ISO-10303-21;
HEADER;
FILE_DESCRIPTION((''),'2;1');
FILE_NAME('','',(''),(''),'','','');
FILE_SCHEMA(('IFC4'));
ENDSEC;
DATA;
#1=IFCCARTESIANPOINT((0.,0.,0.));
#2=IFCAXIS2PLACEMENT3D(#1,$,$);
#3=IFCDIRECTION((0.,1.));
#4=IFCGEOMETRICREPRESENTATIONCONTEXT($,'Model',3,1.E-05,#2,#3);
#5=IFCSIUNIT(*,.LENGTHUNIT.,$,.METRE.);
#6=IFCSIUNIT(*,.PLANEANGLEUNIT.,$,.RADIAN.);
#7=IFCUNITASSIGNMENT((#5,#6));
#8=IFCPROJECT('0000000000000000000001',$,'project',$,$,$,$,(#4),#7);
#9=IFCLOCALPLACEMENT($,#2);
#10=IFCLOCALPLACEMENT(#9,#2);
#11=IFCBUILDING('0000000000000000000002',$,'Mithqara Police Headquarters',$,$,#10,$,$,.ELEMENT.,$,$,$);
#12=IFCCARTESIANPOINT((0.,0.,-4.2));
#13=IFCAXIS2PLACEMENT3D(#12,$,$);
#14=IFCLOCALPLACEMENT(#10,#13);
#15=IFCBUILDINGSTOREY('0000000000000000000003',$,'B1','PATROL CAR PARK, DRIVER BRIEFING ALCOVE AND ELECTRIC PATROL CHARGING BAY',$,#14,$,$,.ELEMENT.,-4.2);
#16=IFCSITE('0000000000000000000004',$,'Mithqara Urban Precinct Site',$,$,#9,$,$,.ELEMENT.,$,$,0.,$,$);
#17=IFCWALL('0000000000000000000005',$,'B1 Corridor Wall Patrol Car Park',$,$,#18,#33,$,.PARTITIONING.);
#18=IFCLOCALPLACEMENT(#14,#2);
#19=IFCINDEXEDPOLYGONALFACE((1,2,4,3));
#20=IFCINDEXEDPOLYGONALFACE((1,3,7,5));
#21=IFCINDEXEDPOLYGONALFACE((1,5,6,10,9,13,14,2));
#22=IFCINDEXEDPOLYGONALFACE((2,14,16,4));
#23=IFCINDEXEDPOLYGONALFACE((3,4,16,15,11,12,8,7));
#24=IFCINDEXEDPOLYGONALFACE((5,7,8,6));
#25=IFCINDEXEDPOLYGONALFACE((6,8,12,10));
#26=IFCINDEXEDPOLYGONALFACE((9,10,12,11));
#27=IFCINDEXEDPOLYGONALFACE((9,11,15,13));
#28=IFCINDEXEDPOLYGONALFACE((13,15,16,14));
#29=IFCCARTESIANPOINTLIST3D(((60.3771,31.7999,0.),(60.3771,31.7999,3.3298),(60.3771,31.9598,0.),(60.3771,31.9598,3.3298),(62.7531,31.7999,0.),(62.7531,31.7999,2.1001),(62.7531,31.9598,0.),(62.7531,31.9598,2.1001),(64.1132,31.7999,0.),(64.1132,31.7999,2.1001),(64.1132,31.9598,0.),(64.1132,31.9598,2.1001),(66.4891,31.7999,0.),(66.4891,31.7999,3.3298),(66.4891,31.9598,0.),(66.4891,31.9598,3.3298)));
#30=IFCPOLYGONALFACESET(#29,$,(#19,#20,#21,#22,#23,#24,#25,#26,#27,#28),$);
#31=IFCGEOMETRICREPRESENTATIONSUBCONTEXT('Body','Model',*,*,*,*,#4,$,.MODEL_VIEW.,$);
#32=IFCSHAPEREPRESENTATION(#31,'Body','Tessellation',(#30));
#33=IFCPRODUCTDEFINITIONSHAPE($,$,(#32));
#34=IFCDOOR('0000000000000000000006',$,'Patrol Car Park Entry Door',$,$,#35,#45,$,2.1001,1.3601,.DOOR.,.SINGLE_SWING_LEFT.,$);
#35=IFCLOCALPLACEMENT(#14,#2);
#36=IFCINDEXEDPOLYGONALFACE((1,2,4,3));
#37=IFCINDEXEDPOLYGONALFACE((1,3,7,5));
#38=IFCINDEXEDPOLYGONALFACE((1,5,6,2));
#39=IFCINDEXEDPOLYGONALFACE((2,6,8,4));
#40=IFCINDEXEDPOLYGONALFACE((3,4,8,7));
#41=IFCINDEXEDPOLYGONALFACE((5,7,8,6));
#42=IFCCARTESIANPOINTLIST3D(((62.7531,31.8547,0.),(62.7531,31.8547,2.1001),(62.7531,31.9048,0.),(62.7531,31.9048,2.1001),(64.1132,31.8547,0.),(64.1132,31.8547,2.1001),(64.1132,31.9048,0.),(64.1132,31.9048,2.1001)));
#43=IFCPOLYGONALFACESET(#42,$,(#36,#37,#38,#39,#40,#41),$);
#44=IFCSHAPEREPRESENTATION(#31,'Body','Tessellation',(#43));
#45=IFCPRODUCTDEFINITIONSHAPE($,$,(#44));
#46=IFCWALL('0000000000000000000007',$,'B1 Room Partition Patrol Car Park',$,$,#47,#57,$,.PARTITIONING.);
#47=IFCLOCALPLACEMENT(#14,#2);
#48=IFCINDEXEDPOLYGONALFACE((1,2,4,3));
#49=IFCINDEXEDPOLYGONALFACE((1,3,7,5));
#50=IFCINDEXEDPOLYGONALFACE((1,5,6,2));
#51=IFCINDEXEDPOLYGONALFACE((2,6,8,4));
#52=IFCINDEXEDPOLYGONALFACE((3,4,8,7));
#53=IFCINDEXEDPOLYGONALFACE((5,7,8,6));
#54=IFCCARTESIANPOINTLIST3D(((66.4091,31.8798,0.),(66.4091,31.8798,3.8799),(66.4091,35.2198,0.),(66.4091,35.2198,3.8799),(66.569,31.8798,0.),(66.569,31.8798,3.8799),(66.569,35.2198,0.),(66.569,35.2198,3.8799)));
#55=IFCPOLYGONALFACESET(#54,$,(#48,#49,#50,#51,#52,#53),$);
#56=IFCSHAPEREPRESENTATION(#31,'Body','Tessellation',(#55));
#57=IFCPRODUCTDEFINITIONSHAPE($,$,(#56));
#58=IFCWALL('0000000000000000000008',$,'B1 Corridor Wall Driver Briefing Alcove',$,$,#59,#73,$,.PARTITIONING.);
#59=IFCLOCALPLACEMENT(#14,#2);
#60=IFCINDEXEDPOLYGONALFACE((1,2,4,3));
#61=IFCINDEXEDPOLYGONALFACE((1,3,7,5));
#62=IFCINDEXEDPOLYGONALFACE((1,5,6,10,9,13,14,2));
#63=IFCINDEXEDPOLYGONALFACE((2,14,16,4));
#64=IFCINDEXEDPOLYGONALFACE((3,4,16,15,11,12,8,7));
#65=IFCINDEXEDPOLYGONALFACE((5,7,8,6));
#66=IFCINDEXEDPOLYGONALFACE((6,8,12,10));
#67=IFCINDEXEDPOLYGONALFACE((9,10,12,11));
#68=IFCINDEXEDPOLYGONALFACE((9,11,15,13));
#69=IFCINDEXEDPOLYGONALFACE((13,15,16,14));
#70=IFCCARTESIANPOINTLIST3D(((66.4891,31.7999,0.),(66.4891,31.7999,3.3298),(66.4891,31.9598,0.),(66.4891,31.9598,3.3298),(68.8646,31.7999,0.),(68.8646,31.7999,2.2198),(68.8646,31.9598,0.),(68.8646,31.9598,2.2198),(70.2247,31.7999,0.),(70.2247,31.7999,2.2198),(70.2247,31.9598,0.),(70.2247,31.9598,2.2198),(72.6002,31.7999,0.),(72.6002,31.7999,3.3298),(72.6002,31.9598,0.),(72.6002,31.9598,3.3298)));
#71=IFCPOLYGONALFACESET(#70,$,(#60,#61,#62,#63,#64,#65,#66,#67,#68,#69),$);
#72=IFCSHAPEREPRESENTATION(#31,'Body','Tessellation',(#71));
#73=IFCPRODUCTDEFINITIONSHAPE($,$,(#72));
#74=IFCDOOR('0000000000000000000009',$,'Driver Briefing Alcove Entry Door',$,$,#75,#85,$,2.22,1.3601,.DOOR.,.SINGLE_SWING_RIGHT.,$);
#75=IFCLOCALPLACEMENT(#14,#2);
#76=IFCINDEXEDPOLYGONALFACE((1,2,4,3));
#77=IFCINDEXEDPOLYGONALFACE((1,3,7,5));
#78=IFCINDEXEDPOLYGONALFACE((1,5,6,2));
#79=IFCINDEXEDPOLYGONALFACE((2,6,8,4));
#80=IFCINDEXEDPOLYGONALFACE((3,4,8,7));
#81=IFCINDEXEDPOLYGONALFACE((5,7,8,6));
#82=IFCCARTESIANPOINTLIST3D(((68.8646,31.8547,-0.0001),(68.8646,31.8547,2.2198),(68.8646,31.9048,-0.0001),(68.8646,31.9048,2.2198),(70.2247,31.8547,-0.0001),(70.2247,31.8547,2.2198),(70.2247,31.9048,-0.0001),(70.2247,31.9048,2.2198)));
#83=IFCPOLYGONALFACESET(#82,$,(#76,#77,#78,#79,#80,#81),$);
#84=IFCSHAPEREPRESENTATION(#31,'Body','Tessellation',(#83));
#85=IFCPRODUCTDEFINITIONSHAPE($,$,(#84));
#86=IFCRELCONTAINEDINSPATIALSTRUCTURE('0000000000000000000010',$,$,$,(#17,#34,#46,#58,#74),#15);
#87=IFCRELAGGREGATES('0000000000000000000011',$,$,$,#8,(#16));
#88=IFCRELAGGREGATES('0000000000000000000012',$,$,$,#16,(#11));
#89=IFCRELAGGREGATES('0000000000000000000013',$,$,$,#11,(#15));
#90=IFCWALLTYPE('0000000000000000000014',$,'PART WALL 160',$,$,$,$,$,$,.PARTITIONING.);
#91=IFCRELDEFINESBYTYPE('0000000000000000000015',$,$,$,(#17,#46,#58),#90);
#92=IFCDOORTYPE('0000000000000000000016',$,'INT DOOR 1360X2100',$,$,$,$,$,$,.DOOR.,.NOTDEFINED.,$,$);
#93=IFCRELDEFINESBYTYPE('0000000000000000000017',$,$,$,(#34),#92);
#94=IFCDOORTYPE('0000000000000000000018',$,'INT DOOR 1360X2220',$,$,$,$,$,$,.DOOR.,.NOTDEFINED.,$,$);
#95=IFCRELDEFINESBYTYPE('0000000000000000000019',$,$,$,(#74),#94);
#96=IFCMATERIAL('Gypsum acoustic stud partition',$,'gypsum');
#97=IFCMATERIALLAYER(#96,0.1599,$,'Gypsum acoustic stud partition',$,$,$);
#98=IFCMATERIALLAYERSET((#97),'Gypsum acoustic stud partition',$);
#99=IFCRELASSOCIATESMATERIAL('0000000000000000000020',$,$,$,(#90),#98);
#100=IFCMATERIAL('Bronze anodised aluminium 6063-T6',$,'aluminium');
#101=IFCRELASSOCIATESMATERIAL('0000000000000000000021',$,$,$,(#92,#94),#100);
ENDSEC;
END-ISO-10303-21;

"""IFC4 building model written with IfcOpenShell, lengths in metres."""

from ifc_helpers import new_model, si_unit, direction, frame, frame_2d, origin, place, context, subcontext, project, spatial, rectangle, extrude, material, layer, layer_set, type_object, element, fill, save


model = new_model("IFC4")

# Units and contexts
model_context = context("Model", 3, precision=1e-05, world=origin(), true_north=direction((0.0, 1.0)))
body_context = subcontext(model_context, "Body", "Model", "MODEL_VIEW")
ifc_project = project(units=[si_unit("LENGTHUNIT", "METRE"), si_unit("PLANEANGLEUNIT", "RADIAN")], contexts=[model_context])

# Site, building, storey
site_placement = place(None, origin())
site = spatial("IfcSite", under=ifc_project, at=site_placement, Name="Mithqara Urban Precinct Site", CompositionType="ELEMENT", RefElevation=0.0)
building_placement = place(site_placement, origin())
building = spatial("IfcBuilding", under=site, at=building_placement, Name="Mithqara Police Headquarters", CompositionType="ELEMENT")
storey_placement = place(building_placement, frame((0.0, 0.0, -4.2)))
storey = spatial("IfcBuildingStorey", under=building, at=storey_placement, Name="B1", Description="PATROL CAR PARK, DRIVER BRIEFING ALCOVE AND ELECTRIC PATROL CHARGING BAY", CompositionType="ELEMENT", Elevation=-4.2)

# Shared definitions
ifc_material_1 = material(Name="Gypsum acoustic stud partition", Category="gypsum")
ifc_layer = layer(ifc_material_1, 0.1599, Name="Gypsum acoustic stud partition")
ifc_layer_set = layer_set([ifc_layer], Name="Gypsum acoustic stud partition")
wall_type = type_object("IfcWallType", Name="PART WALL 160", PredefinedType="PARTITIONING", material=ifc_layer_set)

# Wall, opening, door
wall_1_placement = place(storey_placement, frame((60.377, 31.8799, 0.0), z_axis=(0.0, 0.0, 1.0), x_axis=(1.0, 0.0, 0.0)))
wall_1 = element("IfcWall", 1, at=wall_1_placement, inside=storey, type_object=wall_type, Name="B1 Corridor Wall Patrol Car Park", PredefinedType="PARTITIONING", context=body_context, shape_type="SweptSolid", body=[
    extrude(rectangle(XDim=6.1121, YDim=0.1599, at=frame_2d((3.0562, 0.0))), origin(), (0.0, 0.0, 1.0), 3.3298),
])
opening_1_placement = place(wall_1_placement, frame((2.376, 0.0, 0.0)))
opening_1 = element("IfcOpeningElement", 2, at=opening_1_placement, cuts=wall_1, PredefinedType="OPENING", context=body_context, shape_type="SweptSolid", body=[
    extrude(rectangle(XDim=1.3601, YDim=2.1001, at=frame_2d((0.6802, 1.05))), frame((0.0, 0.0898, 0.0), z_axis=(0.0, -1.0, 0.0), x_axis=(1.0, 0.0, 0.0)), (0.0, 0.0, 1.0), 0.1799),
])
ifc_material_2 = material(Name="Bronze anodised aluminium 6063-T6", Category="aluminium")
door_type_1 = type_object("IfcDoorType", Name="INT DOOR 1360X2100", OperationType="NOTDEFINED", PredefinedType="DOOR", material=ifc_material_2)
door_1_placement = place(opening_1_placement, origin())
door_1 = element("IfcDoor", 3, at=door_1_placement, inside=storey, type_object=door_type_1, Name="Patrol Car Park Entry Door", OperationType="SINGLE_SWING_LEFT", OverallHeight=2.1001, OverallWidth=1.3601, PredefinedType="DOOR", context=body_context, shape_type="SweptSolid", body=[
    extrude(rectangle(XDim=1.3601, YDim=2.1001, at=frame_2d((0.6802, 1.05))), frame((0.0, 0.0249, 0.0), z_axis=(0.0, -1.0, 0.0), x_axis=(1.0, 0.0, 0.0)), (0.0, 0.0, 1.0), 0.05),
])
fill(opening_1, door_1)

# Wall
wall_2_placement = place(storey_placement, frame((66.489, 31.8799, 0.0), z_axis=(0.0, 0.0, 1.0), x_axis=(0.0, 1.0, 0.0)))
element("IfcWall", 4, at=wall_2_placement, inside=storey, type_object=wall_type, Name="B1 Room Partition Patrol Car Park", PredefinedType="PARTITIONING", context=body_context, shape_type="SweptSolid", body=[
    extrude(rectangle(XDim=3.3401, YDim=0.1599, at=frame_2d((1.6699, 0.0))), origin(), (0.0, 0.0, 1.0), 3.8799),
])

# Wall, opening, door
wall_3_placement = place(storey_placement, frame((66.489, 31.8799, 0.0), z_axis=(0.0, 0.0, 1.0), x_axis=(1.0, 0.0, 0.0)))
wall_3 = element("IfcWall", 5, at=wall_3_placement, inside=storey, type_object=wall_type, Name="B1 Corridor Wall Driver Briefing Alcove", PredefinedType="PARTITIONING", context=body_context, shape_type="SweptSolid", body=[
    extrude(rectangle(XDim=6.1111, YDim=0.1599, at=frame_2d((3.0557, 0.0))), origin(), (0.0, 0.0, 1.0), 3.3298),
])
opening_2_placement = place(wall_3_placement, frame((2.3755, 0.0, 0.0)))
opening_2 = element("IfcOpeningElement", 6, at=opening_2_placement, cuts=wall_3, PredefinedType="OPENING", context=body_context, shape_type="SweptSolid", body=[
    extrude(rectangle(XDim=1.3601, YDim=2.22, at=frame_2d((0.6802, 1.1099))), frame((0.0, 0.0898, 0.0), z_axis=(0.0, -1.0, 0.0), x_axis=(1.0, 0.0, 0.0)), (0.0, 0.0, 1.0), 0.1799),
])
door_type_2 = type_object("IfcDoorType", Name="INT DOOR 1360X2220", OperationType="NOTDEFINED", PredefinedType="DOOR", material=ifc_material_2)
door_2_placement = place(opening_2_placement, origin())
door_2 = element("IfcDoor", 7, at=door_2_placement, inside=storey, type_object=door_type_2, Name="Driver Briefing Alcove Entry Door", OperationType="SINGLE_SWING_RIGHT", OverallHeight=2.22, OverallWidth=1.3601, PredefinedType="DOOR", context=body_context, shape_type="SweptSolid", body=[
    extrude(rectangle(XDim=1.3601, YDim=2.22, at=frame_2d((0.6802, 1.1099))), frame((0.0, 0.0249, 0.0), z_axis=(0.0, -1.0, 0.0), x_axis=(1.0, 0.0, 0.0)), (0.0, 0.0, 1.0), 0.05),
])
fill(opening_2, door_2)

save(model, "model.ifc")
